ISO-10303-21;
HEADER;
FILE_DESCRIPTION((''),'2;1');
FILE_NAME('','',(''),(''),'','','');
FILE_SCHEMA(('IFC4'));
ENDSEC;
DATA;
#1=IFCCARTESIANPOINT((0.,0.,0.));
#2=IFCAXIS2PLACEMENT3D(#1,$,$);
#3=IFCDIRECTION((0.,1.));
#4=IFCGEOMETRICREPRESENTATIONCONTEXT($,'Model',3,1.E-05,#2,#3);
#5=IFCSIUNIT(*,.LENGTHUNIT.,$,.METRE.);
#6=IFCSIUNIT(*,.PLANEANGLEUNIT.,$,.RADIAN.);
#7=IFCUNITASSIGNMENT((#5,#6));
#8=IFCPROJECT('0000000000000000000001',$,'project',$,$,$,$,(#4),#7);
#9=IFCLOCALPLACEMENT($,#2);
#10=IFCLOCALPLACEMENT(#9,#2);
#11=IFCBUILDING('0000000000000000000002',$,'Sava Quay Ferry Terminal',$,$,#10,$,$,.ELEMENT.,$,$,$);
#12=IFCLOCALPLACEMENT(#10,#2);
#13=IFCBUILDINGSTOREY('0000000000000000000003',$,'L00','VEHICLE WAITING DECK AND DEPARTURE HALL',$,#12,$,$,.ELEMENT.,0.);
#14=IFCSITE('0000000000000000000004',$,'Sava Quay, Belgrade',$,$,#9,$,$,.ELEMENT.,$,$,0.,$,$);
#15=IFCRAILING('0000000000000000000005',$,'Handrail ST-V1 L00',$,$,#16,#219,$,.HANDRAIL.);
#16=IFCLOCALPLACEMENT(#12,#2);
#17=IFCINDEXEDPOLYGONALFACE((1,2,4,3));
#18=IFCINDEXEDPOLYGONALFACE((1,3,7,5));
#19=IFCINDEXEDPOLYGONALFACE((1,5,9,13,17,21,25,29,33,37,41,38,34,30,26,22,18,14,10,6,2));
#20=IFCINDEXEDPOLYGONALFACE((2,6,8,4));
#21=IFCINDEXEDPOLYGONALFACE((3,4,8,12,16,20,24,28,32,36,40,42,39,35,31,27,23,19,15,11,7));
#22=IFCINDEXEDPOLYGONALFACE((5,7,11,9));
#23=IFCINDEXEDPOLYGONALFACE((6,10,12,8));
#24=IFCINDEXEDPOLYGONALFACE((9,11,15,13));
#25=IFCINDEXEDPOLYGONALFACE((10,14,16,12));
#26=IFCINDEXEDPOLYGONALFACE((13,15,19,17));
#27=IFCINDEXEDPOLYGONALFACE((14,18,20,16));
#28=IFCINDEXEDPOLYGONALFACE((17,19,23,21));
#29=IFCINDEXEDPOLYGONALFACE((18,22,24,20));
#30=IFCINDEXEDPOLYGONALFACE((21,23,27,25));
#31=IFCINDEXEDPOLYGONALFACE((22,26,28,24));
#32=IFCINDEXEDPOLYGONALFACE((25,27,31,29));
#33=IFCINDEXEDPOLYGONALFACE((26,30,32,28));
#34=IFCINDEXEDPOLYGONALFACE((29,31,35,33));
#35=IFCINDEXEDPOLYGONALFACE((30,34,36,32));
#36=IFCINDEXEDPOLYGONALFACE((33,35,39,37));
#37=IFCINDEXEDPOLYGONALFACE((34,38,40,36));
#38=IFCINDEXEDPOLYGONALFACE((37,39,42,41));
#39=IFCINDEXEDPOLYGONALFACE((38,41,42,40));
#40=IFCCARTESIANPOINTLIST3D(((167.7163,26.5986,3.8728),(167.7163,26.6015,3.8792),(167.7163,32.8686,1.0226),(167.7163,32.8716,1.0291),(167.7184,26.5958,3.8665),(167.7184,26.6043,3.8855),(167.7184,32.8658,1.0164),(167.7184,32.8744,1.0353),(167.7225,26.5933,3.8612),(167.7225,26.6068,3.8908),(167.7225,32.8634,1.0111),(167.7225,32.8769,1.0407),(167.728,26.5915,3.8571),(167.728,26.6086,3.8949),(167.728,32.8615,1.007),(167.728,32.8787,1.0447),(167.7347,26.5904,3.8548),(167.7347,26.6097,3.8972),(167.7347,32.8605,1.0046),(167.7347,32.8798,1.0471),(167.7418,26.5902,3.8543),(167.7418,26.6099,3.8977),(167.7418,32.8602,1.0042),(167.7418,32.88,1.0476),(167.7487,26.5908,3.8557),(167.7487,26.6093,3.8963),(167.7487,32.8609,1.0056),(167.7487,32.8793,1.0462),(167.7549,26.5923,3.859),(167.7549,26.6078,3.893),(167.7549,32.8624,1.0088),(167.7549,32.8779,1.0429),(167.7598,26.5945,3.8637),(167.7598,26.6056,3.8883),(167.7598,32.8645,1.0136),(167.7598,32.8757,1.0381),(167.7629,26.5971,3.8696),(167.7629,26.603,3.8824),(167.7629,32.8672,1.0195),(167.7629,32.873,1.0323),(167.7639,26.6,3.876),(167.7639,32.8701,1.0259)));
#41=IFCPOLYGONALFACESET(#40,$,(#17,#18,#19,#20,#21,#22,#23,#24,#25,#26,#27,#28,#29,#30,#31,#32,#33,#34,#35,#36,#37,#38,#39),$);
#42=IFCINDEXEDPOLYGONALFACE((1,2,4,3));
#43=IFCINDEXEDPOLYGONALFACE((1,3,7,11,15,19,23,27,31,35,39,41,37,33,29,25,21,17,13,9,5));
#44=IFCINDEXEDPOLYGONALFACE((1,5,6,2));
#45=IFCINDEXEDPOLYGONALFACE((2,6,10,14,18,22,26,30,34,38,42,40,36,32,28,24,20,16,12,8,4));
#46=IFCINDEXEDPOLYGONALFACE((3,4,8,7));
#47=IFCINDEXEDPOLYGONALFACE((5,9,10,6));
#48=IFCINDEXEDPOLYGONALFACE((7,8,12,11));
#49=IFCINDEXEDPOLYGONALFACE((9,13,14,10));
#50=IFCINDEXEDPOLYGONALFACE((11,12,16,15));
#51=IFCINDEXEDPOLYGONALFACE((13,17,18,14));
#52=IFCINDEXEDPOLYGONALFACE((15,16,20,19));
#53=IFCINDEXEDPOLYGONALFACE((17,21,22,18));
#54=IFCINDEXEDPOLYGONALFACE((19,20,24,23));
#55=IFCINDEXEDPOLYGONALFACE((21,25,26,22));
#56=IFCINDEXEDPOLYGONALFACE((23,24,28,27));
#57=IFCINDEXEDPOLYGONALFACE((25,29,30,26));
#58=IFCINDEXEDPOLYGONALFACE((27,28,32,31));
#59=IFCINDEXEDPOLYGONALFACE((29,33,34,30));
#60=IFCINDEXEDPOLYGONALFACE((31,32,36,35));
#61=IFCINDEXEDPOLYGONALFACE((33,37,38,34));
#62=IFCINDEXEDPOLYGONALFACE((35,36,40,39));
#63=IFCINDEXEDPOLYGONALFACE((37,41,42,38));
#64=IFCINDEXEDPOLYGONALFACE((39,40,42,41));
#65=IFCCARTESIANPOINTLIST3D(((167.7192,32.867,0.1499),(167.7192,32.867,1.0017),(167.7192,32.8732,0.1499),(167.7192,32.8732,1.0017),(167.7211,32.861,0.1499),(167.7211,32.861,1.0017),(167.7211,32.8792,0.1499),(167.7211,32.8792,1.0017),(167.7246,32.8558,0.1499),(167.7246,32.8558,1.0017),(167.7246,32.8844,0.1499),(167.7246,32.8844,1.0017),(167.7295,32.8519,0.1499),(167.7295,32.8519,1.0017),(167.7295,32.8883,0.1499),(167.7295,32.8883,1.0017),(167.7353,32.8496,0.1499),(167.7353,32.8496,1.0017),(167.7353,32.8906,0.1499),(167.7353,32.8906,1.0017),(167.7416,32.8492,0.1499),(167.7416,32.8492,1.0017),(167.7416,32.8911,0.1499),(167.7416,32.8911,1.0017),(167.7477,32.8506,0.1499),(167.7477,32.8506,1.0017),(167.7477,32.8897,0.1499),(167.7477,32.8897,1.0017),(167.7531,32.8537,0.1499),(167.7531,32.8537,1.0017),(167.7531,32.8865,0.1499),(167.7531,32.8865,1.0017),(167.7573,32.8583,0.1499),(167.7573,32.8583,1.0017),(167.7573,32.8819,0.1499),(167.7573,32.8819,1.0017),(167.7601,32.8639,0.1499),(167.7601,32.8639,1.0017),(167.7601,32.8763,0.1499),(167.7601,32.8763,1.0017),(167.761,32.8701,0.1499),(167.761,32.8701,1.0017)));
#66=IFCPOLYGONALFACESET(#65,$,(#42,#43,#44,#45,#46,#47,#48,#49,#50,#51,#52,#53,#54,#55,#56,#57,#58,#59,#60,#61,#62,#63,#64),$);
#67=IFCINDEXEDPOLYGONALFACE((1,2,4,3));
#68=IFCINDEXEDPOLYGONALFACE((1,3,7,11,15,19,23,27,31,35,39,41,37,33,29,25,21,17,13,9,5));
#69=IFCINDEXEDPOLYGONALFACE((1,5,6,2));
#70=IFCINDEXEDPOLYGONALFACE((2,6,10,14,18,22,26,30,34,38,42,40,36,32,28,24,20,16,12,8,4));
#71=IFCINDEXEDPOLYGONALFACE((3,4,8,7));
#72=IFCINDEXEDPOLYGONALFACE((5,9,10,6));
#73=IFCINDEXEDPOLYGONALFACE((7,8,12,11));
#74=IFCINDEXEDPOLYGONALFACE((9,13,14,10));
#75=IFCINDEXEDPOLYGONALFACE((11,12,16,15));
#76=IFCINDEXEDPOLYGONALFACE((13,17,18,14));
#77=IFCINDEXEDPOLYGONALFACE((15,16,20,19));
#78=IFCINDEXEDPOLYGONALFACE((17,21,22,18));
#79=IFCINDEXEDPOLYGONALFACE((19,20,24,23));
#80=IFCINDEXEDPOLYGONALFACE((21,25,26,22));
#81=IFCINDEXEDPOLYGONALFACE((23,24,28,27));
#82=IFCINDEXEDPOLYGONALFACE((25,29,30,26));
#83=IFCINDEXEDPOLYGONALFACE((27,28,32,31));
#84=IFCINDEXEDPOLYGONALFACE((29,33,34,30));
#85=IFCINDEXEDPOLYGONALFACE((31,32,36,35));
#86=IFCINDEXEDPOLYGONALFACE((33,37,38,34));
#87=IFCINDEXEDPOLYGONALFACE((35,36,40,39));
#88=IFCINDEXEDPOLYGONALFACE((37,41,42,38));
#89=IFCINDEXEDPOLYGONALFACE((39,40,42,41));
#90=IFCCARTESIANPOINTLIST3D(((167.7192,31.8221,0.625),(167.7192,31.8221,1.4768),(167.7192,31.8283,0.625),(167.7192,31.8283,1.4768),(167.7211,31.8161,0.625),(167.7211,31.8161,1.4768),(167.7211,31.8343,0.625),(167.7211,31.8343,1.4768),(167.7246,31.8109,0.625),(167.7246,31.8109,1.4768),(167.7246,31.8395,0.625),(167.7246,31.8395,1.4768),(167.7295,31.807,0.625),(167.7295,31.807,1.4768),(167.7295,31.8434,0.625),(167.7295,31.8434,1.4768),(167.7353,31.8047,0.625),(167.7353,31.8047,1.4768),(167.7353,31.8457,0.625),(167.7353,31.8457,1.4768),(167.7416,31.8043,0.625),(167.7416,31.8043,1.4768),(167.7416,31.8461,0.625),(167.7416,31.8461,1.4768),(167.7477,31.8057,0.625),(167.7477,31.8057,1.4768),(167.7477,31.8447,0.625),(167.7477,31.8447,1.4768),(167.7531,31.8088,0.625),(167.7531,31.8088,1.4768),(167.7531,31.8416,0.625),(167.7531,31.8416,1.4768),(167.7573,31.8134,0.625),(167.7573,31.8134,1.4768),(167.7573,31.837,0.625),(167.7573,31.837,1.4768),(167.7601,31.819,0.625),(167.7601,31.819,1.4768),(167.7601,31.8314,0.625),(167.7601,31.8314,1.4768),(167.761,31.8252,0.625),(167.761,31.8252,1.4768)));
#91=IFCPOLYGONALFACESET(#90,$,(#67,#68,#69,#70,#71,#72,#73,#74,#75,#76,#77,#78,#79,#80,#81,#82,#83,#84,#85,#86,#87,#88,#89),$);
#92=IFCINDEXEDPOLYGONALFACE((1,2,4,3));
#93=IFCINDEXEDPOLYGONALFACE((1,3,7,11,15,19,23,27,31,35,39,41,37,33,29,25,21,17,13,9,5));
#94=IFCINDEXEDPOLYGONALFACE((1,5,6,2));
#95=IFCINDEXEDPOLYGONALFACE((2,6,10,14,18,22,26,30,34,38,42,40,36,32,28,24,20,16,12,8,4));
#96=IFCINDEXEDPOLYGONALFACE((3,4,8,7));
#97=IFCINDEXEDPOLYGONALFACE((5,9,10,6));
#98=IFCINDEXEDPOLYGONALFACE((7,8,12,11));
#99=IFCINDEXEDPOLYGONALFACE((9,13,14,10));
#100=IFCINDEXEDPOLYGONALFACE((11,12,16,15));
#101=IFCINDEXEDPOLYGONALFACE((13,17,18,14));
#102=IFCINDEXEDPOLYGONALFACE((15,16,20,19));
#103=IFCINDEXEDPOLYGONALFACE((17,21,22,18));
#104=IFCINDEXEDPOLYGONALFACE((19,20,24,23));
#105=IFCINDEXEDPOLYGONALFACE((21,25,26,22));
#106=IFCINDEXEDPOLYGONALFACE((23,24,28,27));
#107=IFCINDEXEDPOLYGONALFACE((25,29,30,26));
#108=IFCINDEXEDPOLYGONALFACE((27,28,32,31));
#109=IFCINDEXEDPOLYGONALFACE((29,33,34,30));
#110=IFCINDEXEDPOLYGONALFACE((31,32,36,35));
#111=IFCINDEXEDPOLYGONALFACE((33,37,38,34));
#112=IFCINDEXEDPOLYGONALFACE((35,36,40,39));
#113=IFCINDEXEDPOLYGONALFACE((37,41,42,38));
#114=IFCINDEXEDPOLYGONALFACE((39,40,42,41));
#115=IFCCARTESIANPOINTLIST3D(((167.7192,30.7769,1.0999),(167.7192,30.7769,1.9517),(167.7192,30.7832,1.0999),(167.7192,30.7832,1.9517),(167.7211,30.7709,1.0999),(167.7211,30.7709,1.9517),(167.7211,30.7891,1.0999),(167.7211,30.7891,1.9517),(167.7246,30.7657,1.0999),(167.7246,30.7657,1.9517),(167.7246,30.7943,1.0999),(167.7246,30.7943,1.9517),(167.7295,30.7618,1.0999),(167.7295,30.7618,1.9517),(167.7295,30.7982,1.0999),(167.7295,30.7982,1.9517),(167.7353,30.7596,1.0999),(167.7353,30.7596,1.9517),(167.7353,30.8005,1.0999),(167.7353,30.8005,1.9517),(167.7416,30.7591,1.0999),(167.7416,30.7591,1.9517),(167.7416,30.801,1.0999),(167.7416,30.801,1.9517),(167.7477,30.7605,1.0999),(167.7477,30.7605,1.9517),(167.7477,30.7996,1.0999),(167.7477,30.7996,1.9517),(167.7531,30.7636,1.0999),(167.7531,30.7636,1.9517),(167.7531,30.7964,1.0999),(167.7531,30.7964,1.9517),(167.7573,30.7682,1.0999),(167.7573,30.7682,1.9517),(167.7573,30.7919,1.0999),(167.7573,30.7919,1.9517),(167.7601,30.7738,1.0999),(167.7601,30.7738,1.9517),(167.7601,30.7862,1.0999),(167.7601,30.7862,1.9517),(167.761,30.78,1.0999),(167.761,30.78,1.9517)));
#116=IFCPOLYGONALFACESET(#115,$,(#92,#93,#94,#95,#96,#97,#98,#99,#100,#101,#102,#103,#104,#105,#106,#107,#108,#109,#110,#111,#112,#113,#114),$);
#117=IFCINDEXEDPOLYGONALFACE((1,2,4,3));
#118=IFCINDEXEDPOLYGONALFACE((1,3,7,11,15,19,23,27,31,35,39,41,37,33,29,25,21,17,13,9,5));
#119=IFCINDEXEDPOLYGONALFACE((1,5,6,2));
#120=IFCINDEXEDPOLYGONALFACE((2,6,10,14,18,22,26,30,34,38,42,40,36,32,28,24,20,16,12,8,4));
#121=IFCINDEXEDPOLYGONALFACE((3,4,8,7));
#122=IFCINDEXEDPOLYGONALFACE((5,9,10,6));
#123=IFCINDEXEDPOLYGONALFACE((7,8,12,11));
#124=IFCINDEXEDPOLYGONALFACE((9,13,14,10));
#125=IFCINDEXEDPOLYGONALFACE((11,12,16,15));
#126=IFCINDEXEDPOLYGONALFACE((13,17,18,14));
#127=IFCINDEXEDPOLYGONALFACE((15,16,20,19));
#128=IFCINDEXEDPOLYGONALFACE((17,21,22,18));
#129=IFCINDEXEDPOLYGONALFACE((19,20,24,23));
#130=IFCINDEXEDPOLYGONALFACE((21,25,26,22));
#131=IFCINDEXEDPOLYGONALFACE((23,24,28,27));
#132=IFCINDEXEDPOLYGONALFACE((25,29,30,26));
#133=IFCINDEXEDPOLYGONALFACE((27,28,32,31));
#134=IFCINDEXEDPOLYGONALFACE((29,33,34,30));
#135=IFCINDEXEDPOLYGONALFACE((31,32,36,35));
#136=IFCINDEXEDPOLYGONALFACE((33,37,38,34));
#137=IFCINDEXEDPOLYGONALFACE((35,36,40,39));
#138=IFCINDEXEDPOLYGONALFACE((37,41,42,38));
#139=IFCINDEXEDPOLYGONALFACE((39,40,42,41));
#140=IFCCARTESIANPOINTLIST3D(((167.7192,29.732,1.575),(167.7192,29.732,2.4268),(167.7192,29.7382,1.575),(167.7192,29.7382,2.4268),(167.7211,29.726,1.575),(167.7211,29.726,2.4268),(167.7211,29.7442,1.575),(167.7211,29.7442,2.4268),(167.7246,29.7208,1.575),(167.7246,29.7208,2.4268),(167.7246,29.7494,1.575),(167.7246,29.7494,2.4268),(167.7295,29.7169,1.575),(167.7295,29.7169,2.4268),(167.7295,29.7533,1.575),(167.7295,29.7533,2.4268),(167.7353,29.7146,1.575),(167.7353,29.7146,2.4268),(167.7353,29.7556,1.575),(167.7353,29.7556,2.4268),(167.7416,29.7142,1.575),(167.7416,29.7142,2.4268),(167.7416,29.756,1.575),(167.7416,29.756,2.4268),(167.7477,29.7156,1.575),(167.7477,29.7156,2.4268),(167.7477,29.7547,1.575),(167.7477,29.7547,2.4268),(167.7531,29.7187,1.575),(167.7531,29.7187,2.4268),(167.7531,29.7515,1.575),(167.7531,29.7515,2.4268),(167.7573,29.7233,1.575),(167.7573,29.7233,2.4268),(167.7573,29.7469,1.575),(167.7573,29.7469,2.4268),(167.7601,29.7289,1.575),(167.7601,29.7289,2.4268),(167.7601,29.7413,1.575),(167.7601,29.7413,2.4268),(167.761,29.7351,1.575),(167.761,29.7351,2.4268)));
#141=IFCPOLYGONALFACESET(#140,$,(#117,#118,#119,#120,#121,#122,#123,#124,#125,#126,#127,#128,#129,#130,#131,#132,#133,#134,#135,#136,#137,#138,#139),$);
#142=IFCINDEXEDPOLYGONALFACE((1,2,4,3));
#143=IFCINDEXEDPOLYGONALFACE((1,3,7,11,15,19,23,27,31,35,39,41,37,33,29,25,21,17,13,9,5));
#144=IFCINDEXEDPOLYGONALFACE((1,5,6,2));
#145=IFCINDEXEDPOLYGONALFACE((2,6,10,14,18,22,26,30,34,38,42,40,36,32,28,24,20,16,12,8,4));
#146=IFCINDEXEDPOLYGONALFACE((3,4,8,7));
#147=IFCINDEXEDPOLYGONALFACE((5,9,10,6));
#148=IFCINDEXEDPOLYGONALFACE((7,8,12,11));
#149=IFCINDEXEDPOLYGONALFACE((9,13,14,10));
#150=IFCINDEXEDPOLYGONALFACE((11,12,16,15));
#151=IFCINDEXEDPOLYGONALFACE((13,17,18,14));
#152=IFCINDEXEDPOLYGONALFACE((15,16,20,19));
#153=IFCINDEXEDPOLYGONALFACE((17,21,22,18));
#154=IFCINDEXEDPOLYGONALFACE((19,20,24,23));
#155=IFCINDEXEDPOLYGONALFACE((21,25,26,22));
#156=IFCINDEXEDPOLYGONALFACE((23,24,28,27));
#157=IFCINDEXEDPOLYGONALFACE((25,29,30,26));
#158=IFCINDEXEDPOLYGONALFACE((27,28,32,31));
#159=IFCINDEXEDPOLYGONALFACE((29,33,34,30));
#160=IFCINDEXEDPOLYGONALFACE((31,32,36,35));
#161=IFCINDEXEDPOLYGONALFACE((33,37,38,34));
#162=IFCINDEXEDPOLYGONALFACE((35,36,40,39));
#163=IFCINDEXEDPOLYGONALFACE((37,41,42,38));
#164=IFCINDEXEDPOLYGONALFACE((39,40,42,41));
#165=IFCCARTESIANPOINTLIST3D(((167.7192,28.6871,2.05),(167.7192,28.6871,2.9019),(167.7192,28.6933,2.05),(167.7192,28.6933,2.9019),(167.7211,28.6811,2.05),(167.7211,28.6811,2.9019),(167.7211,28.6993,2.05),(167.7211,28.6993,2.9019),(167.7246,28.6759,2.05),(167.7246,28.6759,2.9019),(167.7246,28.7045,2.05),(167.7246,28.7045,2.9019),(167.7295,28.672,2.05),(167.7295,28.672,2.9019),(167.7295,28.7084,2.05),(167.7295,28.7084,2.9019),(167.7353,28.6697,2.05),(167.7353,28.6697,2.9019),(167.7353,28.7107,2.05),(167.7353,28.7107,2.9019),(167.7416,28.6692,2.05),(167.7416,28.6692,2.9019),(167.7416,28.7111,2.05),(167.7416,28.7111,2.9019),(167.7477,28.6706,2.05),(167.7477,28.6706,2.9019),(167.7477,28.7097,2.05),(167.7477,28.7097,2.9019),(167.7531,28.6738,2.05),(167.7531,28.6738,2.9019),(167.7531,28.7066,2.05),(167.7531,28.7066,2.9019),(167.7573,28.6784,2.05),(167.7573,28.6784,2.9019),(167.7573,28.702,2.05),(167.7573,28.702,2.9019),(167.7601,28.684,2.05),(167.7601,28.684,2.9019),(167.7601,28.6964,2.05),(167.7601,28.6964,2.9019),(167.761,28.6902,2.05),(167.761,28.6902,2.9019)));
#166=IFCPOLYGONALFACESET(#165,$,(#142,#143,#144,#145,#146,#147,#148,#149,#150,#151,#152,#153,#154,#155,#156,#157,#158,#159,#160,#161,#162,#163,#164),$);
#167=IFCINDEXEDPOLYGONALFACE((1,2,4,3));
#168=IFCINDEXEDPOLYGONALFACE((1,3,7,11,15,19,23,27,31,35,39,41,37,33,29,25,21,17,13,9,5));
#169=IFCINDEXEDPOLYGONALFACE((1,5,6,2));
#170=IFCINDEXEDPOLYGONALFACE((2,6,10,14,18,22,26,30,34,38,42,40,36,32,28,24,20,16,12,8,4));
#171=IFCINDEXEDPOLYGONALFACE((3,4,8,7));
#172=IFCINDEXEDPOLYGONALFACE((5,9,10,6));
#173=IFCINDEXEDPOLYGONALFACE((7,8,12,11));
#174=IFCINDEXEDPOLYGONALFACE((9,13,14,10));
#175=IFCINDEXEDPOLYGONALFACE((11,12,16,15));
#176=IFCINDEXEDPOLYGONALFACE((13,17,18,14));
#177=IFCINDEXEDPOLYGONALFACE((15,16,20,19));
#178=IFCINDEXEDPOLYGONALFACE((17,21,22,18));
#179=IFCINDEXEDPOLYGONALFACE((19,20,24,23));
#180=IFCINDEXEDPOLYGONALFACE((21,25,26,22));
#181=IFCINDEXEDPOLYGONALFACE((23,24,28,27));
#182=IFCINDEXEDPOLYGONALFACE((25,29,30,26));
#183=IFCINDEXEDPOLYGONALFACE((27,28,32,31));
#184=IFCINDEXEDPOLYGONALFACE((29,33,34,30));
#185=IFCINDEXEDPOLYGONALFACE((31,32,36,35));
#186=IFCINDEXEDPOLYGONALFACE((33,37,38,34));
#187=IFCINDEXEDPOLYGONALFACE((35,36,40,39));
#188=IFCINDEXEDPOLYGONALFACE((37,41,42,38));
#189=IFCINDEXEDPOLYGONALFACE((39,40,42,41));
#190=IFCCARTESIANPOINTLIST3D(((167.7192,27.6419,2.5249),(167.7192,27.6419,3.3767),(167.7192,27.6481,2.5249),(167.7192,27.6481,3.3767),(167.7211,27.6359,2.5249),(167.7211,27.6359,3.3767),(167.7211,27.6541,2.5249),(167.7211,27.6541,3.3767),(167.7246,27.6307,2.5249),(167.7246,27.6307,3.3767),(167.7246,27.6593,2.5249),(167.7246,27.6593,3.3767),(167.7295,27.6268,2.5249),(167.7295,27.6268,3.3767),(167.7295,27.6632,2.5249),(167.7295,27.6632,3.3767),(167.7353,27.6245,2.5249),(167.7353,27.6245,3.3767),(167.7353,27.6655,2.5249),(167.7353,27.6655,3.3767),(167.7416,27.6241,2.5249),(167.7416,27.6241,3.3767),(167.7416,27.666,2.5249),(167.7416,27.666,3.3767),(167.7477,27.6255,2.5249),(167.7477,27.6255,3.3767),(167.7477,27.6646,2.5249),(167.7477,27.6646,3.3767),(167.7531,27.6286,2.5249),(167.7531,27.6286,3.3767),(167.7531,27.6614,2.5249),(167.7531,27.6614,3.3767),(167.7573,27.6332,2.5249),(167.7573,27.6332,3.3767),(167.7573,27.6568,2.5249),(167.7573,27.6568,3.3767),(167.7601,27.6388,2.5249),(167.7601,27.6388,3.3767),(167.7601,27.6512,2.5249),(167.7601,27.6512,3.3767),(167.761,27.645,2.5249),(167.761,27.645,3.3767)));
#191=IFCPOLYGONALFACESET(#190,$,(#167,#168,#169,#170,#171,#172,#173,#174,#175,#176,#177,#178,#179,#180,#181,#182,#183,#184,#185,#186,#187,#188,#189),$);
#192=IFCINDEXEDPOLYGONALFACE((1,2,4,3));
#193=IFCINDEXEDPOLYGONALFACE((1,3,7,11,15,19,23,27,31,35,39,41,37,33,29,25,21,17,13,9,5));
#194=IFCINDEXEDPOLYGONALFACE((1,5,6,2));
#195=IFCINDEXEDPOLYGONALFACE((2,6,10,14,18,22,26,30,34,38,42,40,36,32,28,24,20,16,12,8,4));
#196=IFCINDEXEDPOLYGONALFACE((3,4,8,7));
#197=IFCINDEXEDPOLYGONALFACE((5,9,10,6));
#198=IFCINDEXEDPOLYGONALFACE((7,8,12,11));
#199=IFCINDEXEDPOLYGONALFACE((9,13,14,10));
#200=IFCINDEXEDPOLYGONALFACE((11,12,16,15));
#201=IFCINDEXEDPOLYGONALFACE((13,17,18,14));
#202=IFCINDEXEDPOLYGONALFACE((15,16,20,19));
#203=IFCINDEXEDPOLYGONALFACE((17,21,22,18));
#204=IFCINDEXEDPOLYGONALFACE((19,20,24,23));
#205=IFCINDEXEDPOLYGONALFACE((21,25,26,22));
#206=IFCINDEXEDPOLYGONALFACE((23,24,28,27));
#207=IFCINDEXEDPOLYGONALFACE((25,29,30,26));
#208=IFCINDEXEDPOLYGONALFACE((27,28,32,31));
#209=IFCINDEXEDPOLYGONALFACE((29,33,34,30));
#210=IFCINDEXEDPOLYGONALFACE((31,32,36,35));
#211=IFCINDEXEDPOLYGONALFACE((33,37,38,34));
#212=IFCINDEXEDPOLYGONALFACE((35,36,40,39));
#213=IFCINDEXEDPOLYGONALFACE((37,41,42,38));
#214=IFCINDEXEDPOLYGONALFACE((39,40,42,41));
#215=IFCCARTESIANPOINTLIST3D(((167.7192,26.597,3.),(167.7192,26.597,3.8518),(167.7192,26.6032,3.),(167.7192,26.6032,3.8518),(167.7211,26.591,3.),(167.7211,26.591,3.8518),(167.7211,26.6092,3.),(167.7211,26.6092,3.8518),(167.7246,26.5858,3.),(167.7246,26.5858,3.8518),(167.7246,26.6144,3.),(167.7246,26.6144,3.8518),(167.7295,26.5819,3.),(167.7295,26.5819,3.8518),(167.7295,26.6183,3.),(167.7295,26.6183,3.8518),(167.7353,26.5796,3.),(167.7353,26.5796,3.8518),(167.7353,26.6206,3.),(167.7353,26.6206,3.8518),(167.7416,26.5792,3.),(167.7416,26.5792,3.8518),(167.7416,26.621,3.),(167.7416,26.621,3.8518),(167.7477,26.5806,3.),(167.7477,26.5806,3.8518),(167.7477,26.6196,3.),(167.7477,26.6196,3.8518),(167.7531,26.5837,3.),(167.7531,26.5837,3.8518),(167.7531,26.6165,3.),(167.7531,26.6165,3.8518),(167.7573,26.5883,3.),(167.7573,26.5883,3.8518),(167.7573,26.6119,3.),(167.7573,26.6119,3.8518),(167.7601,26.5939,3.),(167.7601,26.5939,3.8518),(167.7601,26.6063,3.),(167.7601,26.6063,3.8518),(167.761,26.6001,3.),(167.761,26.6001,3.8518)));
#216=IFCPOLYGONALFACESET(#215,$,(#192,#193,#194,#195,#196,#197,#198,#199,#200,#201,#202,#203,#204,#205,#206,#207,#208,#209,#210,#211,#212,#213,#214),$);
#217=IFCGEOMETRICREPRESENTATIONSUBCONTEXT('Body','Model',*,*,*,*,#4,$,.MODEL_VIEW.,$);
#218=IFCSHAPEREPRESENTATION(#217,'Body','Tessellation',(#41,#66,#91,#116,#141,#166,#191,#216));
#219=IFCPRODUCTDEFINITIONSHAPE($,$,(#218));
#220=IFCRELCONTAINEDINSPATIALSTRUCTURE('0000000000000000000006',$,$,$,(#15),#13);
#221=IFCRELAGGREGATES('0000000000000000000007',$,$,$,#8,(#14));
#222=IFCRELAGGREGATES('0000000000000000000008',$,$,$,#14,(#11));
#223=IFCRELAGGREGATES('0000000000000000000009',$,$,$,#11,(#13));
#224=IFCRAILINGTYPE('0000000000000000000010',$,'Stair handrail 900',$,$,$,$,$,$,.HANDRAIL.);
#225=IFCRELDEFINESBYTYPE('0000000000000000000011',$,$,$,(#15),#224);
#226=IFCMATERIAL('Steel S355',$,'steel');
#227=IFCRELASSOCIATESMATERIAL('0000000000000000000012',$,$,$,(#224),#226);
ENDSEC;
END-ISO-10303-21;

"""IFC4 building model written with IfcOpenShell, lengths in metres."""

from ifc_helpers import new_model, si_unit, direction, frame, origin, origin_2d, place, context, subcontext, project, spatial, circle, extrude, material, type_object, element, save


model = new_model("IFC4")

# Units and contexts
model_context = context("Model", 3, precision=1e-05, world=origin(), true_north=direction((0.0, 1.0)))
body_context = subcontext(model_context, "Body", "Model", "MODEL_VIEW")
ifc_project = project(units=[si_unit("LENGTHUNIT", "METRE"), si_unit("PLANEANGLEUNIT", "RADIAN")], contexts=[model_context])

# Site, building, storey
site_placement = place(None, origin())
site = spatial("IfcSite", under=ifc_project, at=site_placement, Name="Sava Quay, Belgrade", CompositionType="ELEMENT", RefElevation=0.0)
building_placement = place(site_placement, origin())
building = spatial("IfcBuilding", under=site, at=building_placement, Name="Sava Quay Ferry Terminal", CompositionType="ELEMENT")
storey_placement = place(building_placement, origin())
storey = spatial("IfcBuildingStorey", under=building, at=storey_placement, Name="L00", Description="VEHICLE WAITING DECK AND DEPARTURE HALL", CompositionType="ELEMENT", Elevation=0.0)

# Railing
ifc_material_1 = material(Name="Steel S355", Category="steel")
railing_type_1 = type_object("IfcRailingType", Name="Stair handrail 900", PredefinedType="HANDRAIL", material=ifc_material_1)
railing_1_placement = place(storey_placement, frame((167.74, 32.8701, 0.1499)))
element("IfcRailing", 1, at=railing_1_placement, inside=storey, type_object=railing_type_1, Name="Handrail ST-V1 L00", PredefinedType="HANDRAIL", context=body_context, shape_type="SweptSolid", body=[
    extrude(circle(Radius=0.0239, at=origin_2d()), frame((0.0, 0.0, 0.876), z_axis=(0.0, -0.910362, 0.413814), x_axis=(1.0, 0.0, 0.0)), (0.0, 0.0, 1.0), 6.8875),
    extrude(circle(Radius=0.021, at=origin_2d()), origin(), (0.0, 0.0, 1.0), 0.8518),
    extrude(circle(Radius=0.021, at=origin_2d()), frame((0.0, -1.0449, 0.4751)), (0.0, 0.0, 1.0), 0.8518),
    extrude(circle(Radius=0.021, at=origin_2d()), frame((0.0, -2.0901, 0.95)), (0.0, 0.0, 1.0), 0.8518),
    extrude(circle(Radius=0.021, at=origin_2d()), frame((0.0, -3.135, 1.425)), (0.0, 0.0, 1.0), 0.8518),
    extrude(circle(Radius=0.021, at=origin_2d()), frame((0.0, -4.1799, 1.9001)), (0.0, 0.0, 1.0), 0.8518),
    extrude(circle(Radius=0.021, at=origin_2d()), frame((0.0, -5.2251, 2.375)), (0.0, 0.0, 1.0), 0.8518),
    extrude(circle(Radius=0.021, at=origin_2d()), frame((0.0, -6.27, 2.8501)), (0.0, 0.0, 1.0), 0.8518),
])

save(model, "model.ifc")
